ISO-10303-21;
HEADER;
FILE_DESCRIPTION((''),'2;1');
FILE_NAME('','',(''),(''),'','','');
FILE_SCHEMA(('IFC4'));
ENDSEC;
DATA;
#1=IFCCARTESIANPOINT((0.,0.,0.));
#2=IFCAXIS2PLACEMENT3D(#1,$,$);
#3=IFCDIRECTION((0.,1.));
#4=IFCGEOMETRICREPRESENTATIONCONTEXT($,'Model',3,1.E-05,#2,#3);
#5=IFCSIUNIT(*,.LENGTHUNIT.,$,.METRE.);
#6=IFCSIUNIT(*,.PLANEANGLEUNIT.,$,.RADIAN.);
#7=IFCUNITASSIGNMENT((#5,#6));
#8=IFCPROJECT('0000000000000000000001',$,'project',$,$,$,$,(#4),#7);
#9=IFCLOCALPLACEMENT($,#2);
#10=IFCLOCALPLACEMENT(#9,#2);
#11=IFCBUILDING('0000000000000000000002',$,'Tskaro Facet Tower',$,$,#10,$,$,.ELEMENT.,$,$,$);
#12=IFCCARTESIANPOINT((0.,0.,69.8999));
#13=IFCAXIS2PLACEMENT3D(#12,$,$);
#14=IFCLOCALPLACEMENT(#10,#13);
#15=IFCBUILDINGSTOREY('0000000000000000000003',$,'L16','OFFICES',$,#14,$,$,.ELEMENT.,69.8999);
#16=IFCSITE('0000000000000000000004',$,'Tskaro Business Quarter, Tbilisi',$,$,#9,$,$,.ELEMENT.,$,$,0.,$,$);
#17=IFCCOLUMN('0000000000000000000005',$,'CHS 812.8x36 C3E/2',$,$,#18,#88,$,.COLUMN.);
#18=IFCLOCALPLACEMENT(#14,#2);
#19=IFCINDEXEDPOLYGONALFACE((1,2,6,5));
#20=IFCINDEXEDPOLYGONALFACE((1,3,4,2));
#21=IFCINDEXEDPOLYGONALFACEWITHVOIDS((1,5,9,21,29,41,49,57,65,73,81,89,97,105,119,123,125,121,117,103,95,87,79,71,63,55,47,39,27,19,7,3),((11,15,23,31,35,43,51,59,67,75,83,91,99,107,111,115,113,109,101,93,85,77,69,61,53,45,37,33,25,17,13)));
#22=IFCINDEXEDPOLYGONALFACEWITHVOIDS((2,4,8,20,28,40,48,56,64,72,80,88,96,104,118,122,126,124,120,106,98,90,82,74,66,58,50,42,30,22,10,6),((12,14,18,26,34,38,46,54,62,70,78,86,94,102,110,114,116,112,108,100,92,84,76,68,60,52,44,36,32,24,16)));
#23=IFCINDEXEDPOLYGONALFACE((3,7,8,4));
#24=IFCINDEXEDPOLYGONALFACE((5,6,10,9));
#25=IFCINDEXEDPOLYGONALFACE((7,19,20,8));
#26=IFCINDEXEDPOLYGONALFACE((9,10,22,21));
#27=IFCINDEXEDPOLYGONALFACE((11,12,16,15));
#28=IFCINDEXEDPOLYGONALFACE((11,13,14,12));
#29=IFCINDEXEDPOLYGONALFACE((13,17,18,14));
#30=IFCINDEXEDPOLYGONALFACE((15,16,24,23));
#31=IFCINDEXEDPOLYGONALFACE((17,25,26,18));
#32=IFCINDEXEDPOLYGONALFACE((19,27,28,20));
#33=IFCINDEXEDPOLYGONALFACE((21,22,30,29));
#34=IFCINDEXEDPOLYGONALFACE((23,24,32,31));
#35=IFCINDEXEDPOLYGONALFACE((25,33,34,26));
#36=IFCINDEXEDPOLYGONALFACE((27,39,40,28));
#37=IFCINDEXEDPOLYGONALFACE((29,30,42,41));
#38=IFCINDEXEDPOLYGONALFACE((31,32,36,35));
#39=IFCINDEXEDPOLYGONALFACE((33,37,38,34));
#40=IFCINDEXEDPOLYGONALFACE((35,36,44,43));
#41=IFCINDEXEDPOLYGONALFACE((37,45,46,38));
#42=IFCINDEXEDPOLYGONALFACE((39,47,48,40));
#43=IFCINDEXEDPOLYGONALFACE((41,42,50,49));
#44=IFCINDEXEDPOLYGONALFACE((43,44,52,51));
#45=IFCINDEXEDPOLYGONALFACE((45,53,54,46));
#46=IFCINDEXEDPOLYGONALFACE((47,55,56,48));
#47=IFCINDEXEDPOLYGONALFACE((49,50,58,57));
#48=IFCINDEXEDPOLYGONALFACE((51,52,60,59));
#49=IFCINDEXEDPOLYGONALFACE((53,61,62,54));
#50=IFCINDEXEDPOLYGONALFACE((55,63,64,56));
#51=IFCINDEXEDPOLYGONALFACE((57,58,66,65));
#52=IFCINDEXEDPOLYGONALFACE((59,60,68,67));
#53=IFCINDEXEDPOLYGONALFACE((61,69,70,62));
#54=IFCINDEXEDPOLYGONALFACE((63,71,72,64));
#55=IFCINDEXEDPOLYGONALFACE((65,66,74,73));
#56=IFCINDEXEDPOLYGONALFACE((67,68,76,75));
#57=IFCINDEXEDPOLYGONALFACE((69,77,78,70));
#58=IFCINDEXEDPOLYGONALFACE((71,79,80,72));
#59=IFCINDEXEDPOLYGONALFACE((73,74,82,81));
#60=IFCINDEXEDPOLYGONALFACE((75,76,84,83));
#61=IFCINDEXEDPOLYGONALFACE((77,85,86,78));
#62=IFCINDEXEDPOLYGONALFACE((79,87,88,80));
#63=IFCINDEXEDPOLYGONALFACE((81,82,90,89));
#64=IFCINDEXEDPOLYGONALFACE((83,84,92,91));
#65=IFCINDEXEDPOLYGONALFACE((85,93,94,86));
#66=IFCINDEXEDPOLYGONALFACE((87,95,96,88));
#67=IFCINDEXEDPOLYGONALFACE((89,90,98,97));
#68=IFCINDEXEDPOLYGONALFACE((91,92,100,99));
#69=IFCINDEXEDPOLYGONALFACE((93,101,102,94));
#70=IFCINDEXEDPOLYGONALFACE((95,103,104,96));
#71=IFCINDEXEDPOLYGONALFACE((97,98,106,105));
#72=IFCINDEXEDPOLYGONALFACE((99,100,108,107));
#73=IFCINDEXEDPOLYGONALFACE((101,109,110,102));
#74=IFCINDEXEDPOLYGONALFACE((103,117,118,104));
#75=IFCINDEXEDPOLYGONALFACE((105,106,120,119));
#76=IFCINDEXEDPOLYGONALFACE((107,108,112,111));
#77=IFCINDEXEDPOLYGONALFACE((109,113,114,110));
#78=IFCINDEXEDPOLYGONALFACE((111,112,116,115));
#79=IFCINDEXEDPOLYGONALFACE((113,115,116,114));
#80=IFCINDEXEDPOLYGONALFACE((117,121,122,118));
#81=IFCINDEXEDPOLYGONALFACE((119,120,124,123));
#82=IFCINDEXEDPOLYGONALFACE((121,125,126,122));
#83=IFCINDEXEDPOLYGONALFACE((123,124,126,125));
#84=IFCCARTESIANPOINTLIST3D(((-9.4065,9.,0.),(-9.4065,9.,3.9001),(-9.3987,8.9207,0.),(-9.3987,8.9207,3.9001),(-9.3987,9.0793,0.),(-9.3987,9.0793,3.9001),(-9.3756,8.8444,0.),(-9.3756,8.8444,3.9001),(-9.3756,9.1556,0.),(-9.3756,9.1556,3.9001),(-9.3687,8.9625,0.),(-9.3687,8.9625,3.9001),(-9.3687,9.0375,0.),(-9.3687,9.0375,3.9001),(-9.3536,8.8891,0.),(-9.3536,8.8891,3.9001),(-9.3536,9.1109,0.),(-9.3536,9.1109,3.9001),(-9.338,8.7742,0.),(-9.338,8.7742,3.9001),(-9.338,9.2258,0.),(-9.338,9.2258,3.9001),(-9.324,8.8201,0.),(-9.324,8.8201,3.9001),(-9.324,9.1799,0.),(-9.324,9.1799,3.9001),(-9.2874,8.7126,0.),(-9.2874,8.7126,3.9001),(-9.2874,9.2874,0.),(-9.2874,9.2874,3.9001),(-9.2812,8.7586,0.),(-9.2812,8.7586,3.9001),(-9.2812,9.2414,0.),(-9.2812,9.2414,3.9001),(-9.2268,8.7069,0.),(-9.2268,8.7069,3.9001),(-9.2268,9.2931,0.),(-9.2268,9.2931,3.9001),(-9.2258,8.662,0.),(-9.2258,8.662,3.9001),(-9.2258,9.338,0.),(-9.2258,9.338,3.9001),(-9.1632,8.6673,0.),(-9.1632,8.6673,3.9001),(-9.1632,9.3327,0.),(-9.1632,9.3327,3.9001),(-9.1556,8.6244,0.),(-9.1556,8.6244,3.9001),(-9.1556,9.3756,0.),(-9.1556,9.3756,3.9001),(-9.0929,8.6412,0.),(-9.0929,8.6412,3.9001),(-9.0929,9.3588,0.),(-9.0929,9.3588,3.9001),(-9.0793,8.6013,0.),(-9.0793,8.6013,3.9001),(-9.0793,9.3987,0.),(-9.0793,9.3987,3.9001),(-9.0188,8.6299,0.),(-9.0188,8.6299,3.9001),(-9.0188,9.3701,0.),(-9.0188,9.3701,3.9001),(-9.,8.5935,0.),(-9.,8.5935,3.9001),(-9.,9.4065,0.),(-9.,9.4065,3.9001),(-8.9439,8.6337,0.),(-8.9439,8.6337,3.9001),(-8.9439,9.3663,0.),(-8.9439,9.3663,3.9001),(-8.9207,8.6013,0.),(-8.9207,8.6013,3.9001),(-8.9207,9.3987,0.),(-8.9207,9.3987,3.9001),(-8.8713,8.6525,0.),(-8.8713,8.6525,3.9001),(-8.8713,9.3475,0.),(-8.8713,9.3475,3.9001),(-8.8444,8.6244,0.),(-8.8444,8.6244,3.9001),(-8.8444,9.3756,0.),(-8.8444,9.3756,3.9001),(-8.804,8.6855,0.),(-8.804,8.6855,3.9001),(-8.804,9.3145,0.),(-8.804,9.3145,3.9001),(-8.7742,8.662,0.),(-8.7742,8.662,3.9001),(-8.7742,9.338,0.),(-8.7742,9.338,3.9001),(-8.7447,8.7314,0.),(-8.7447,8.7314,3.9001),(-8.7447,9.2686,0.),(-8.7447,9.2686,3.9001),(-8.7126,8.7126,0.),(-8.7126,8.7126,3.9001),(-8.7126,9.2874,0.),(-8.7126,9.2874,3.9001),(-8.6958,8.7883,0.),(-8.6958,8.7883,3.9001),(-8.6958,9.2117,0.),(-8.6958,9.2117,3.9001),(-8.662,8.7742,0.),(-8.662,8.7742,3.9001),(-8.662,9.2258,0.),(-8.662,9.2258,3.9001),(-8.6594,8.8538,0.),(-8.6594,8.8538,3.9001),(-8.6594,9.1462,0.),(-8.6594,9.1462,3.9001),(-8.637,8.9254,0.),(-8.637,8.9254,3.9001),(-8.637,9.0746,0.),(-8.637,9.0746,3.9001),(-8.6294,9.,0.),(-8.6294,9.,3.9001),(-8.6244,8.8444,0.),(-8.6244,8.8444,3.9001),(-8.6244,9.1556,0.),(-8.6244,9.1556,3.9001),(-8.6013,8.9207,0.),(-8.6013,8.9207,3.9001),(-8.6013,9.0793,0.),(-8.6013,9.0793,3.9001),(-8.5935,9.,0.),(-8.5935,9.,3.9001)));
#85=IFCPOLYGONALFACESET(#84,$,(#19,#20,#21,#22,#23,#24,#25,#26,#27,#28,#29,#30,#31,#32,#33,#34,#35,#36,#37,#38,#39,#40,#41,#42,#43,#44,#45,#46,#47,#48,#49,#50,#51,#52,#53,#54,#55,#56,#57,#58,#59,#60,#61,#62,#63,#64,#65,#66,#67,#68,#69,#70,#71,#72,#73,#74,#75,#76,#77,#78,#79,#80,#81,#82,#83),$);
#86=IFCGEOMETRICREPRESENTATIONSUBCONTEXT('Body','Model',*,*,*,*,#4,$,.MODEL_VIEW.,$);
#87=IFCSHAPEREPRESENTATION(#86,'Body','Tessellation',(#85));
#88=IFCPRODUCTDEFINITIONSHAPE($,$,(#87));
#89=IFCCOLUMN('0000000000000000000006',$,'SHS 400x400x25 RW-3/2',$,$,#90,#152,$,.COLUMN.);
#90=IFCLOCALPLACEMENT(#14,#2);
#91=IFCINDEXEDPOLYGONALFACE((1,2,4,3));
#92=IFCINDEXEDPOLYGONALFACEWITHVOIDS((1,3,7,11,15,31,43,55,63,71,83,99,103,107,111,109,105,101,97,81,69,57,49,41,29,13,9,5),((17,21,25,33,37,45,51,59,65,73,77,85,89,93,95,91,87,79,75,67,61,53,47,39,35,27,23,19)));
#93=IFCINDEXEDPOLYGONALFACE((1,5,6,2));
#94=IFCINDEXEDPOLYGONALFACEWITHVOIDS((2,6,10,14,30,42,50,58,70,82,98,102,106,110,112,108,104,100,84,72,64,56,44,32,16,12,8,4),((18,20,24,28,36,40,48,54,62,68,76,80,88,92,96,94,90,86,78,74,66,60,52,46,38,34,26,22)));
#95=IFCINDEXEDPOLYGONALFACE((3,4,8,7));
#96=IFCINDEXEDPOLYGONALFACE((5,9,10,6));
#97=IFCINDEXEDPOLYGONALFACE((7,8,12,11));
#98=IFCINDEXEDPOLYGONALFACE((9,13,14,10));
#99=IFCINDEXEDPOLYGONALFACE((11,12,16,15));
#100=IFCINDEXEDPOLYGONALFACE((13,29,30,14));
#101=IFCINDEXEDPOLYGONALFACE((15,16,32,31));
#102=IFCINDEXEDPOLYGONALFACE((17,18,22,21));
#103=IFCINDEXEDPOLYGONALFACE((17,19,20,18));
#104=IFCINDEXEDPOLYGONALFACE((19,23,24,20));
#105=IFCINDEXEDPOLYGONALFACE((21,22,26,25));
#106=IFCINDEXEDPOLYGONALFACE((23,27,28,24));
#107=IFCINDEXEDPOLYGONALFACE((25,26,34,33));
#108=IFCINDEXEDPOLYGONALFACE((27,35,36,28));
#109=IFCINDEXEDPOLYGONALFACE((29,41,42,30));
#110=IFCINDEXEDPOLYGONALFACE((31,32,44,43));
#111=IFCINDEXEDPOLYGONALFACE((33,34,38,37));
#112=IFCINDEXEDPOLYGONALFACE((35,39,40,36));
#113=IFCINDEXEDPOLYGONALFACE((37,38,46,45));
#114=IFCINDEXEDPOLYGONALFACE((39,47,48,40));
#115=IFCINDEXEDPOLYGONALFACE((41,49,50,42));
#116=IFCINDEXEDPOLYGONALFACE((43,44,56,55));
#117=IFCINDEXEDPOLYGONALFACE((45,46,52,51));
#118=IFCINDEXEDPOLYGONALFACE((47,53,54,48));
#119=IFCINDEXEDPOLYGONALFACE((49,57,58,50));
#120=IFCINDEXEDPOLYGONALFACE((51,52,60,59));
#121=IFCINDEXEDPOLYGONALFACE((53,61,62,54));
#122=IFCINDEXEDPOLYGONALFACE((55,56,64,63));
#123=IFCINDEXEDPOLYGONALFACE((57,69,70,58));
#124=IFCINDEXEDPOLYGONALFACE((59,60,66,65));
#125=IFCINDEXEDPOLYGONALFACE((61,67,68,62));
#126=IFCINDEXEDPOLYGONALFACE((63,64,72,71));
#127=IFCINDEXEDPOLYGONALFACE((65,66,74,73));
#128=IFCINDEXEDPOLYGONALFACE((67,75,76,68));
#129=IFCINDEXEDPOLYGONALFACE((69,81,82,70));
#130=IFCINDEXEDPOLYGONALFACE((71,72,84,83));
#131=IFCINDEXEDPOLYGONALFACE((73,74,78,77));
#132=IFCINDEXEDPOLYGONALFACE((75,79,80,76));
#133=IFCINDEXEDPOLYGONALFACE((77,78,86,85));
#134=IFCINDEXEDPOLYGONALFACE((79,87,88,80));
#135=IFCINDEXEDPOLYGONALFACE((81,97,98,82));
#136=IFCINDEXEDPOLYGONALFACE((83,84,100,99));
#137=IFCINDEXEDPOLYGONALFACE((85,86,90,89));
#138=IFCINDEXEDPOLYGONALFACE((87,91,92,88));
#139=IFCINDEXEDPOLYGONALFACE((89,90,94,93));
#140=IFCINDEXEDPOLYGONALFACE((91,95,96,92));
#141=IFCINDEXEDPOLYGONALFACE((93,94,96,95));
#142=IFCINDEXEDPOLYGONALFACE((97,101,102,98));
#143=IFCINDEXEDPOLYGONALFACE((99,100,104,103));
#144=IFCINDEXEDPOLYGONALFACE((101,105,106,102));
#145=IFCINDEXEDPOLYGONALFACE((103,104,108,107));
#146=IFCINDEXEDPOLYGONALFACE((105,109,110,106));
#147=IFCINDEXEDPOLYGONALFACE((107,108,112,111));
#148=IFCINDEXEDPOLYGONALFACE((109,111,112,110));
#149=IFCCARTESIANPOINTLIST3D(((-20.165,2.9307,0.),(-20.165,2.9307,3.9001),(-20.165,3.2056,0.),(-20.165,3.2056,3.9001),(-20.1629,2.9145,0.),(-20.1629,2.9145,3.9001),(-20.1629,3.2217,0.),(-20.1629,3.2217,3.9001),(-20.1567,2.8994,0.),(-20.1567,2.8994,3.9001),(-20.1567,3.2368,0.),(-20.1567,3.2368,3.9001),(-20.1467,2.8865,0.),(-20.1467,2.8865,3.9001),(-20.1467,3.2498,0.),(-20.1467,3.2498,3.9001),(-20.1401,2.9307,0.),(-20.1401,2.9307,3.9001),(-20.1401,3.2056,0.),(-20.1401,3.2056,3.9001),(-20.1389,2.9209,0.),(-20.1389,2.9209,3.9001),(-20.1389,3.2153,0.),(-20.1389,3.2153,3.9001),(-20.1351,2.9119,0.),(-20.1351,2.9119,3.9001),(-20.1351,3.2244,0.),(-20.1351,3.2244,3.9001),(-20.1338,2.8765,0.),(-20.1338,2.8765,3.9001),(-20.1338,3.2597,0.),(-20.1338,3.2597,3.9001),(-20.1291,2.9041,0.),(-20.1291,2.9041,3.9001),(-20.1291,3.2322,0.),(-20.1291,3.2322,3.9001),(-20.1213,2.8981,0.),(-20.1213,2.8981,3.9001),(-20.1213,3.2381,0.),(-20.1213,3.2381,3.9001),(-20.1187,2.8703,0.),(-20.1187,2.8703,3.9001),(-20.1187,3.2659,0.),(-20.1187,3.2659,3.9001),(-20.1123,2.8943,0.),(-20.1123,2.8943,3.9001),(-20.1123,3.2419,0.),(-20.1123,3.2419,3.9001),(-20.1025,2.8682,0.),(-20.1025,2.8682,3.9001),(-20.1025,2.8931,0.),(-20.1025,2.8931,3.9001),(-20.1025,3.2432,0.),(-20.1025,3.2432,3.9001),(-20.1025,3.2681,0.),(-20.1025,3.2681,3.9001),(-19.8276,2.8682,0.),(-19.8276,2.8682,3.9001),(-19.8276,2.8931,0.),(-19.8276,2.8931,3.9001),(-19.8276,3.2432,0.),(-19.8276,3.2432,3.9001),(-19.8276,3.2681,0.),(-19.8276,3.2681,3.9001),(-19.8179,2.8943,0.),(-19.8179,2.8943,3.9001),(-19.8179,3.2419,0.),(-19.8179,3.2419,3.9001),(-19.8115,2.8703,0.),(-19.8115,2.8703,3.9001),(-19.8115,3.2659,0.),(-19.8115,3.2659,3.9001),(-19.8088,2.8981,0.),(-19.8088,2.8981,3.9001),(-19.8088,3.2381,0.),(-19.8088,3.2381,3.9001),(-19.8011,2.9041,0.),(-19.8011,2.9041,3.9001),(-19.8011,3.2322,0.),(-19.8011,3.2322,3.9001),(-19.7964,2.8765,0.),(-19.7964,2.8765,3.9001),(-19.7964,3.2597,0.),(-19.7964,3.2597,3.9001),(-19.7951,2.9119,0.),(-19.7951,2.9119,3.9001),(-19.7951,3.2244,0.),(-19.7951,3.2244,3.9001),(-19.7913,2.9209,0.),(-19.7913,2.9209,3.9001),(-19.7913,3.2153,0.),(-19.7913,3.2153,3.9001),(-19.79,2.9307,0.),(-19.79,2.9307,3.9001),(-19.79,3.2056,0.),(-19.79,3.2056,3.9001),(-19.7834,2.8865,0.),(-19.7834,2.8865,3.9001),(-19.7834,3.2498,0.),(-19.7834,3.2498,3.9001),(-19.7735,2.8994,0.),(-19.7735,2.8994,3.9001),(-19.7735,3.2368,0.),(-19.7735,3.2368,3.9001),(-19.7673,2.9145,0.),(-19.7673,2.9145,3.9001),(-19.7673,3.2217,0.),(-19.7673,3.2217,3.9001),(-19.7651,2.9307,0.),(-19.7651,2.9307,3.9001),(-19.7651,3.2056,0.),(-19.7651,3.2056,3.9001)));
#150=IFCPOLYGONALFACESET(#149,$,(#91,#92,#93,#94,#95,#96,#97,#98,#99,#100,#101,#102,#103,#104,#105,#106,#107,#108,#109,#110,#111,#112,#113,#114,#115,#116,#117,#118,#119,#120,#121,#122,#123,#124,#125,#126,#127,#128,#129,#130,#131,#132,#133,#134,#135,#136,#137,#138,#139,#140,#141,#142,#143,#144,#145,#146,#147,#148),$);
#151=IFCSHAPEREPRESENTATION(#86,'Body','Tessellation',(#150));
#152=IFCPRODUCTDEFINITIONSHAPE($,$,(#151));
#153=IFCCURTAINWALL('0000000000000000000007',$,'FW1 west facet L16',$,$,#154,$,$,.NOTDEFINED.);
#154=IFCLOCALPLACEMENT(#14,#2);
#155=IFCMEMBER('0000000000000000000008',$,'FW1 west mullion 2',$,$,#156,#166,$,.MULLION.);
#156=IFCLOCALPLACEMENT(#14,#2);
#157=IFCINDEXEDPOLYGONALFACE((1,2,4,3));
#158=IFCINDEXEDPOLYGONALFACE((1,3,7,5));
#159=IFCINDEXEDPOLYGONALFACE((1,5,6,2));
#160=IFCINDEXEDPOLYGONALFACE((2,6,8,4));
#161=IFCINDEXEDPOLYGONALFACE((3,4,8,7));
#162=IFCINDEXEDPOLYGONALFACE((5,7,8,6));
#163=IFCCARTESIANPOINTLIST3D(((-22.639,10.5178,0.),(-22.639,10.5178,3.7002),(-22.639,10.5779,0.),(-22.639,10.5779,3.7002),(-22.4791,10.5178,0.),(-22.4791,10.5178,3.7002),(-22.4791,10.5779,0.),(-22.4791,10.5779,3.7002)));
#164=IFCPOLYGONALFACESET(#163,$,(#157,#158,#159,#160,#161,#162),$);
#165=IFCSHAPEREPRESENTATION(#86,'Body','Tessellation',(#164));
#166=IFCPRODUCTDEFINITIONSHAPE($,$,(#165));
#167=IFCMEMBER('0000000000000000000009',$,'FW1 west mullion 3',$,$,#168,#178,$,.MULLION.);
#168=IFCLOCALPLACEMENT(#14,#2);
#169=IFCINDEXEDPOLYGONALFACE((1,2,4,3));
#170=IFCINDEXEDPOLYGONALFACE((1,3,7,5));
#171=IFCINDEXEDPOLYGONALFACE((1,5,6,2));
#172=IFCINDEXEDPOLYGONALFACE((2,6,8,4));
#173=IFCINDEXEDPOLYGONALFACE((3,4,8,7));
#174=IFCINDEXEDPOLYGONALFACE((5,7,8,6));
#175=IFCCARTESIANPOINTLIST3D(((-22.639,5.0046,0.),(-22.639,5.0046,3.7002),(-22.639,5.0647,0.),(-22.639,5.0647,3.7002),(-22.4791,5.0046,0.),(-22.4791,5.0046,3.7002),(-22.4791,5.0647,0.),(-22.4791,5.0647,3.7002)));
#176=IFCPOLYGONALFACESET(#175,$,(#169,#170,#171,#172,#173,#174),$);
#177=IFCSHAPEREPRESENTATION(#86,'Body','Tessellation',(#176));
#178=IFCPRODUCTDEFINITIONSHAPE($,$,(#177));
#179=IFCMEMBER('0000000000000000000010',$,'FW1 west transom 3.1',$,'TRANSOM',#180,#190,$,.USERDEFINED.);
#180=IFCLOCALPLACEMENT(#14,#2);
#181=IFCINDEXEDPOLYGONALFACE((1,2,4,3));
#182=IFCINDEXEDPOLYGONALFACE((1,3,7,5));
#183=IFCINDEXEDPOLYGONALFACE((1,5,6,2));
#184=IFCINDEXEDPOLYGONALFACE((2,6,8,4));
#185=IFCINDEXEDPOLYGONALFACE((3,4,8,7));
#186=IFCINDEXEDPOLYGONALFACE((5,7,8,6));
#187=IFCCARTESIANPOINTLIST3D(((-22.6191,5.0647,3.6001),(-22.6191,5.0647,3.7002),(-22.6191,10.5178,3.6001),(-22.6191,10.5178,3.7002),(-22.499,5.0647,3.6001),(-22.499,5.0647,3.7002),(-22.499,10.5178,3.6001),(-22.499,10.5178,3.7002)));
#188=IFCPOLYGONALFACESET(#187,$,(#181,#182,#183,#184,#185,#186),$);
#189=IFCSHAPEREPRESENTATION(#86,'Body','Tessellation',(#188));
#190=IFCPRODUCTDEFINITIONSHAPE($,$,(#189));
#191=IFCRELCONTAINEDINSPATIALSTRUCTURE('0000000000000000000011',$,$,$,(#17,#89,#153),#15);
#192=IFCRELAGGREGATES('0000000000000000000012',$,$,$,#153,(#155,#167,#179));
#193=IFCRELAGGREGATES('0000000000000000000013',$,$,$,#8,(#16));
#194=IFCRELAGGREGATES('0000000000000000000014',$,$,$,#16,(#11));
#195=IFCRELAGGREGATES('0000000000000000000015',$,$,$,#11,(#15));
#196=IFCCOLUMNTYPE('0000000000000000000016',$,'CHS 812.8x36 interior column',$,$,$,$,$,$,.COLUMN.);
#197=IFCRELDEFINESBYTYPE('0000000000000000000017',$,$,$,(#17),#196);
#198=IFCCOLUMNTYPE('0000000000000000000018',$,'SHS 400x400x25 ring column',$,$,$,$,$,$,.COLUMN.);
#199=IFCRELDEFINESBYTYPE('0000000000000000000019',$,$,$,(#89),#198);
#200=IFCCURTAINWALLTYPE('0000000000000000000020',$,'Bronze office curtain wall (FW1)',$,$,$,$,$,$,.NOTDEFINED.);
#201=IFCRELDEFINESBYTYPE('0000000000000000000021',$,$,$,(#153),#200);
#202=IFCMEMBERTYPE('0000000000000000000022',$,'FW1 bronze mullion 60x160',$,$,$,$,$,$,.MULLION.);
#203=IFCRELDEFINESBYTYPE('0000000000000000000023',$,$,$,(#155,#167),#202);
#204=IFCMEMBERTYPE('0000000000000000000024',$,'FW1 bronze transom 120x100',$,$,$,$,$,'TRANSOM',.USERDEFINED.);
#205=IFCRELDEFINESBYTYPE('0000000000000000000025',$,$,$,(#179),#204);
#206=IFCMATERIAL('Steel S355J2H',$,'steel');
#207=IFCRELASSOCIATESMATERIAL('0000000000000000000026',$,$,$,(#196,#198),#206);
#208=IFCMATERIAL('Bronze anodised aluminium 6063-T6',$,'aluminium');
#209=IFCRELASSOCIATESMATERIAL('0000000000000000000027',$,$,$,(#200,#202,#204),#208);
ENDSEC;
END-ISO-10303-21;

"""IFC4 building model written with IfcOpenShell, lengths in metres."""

from ifc_helpers import new_model, si_unit, direction, frame, origin, origin_2d, place, context, subcontext, project, spatial, rectangle, hollow_rectangle, hollow_circle, extrude, material, material_profile, profile_set, type_object, element, aggregate, save


model = new_model("IFC4")

# Units and contexts
model_context = context("Model", 3, precision=1e-05, world=origin(), true_north=direction((0.0, 1.0)))
body_context = subcontext(model_context, "Body", "Model", "MODEL_VIEW")
ifc_project = project(units=[si_unit("LENGTHUNIT", "METRE"), si_unit("PLANEANGLEUNIT", "RADIAN")], contexts=[model_context])

# Site, building, storey
site_placement = place(None, origin())
site = spatial("IfcSite", under=ifc_project, at=site_placement, Name="Tskaro Business Quarter, Tbilisi", CompositionType="ELEMENT", RefElevation=0.0)
building_placement = place(site_placement, origin())
building = spatial("IfcBuilding", under=site, at=building_placement, Name="Tskaro Facet Tower", CompositionType="ELEMENT")
storey_placement = place(building_placement, frame((0.0, 0.0, 69.8999)))
storey = spatial("IfcBuildingStorey", under=building, at=storey_placement, Name="L16", Description="OFFICES", CompositionType="ELEMENT", Elevation=69.8999)

# Columns
ifc_material_1 = material(Name="Steel S355J2H", Category="steel")
ifc_material_profile_1 = material_profile(ifc_material_1, hollow_circle(Radius=0.4065, WallThickness=0.0359, at=origin_2d()), Name="CHS 812.8x36")
ifc_profile_set_1 = profile_set([ifc_material_profile_1], Name="Steel S355J2H")
column_type_1 = type_object("IfcColumnType", Name="CHS 812.8x36 interior column", PredefinedType="COLUMN", material=ifc_profile_set_1)
column_1_placement = place(storey_placement, frame((-9.0, 9.0, 0.0), z_axis=(0.0, 0.0, 1.0), x_axis=(1.0, 0.0, 0.0)))
element("IfcColumn", 1, at=column_1_placement, inside=storey, type_object=column_type_1, Name="CHS 812.8x36 C3E/2", PredefinedType="COLUMN", context=body_context, shape_type="SweptSolid", body=[
    extrude(hollow_circle(Radius=0.4065, WallThickness=0.0359, at=origin_2d()), origin(), (0.0, 0.0, 1.0), 3.9001),
])
ifc_material_profile_2 = material_profile(ifc_material_1, hollow_rectangle(XDim=0.3999, YDim=0.3999, WallThickness=0.0249, InnerFilletRadius=0.0376, OuterFilletRadius=0.0625, at=origin_2d()), Name="SHS 400x400x25")
ifc_profile_set_2 = profile_set([ifc_material_profile_2], Name="Steel S355J2H")
column_type_2 = type_object("IfcColumnType", Name="SHS 400x400x25 ring column", PredefinedType="COLUMN", material=ifc_profile_set_2)
column_2_placement = place(storey_placement, frame((-19.9651, 3.0681, 0.0), z_axis=(0.0, 0.0, 1.0), x_axis=(1.0, 0.0, 0.0)))
element("IfcColumn", 2, at=column_2_placement, inside=storey, type_object=column_type_2, Name="SHS 400x400x25 RW-3/2", PredefinedType="COLUMN", context=body_context, shape_type="SweptSolid", body=[
    extrude(hollow_rectangle(XDim=0.3999, YDim=0.3999, WallThickness=0.0249, InnerFilletRadius=0.0376, OuterFilletRadius=0.0625, at=origin_2d()), origin(), (0.0, 0.0, 1.0), 3.9001),
])

# Curtain wall, members
ifc_material_2 = material(Name="Bronze anodised aluminium 6063-T6", Category="aluminium")
curtain_wall_type = type_object("IfcCurtainWallType", Name="Bronze office curtain wall (FW1)", PredefinedType="NOTDEFINED", material=ifc_material_2)
curtain_wall_placement = place(storey_placement, origin())
curtain_wall = element("IfcCurtainWall", 3, at=curtain_wall_placement, inside=storey, type_object=curtain_wall_type, Name="FW1 west facet L16", PredefinedType="NOTDEFINED")
ifc_material_profile_3 = material_profile(ifc_material_2, rectangle(XDim=0.0601, YDim=0.1599, at=origin_2d()), Name="Mullion 60x160")
ifc_profile_set_3 = profile_set([ifc_material_profile_3], Name="Bronze anodised aluminium 6063-T6")
member_type_1 = type_object("IfcMemberType", Name="FW1 bronze mullion 60x160", PredefinedType="MULLION", material=ifc_profile_set_3)
member_1_placement = place(storey_placement, frame((-22.5591, 10.5479, 0.0), z_axis=(0.0, 0.0, 1.0), x_axis=(0.0, -1.0, 0.0)))
member_1 = element("IfcMember", 4, at=member_1_placement, type_object=member_type_1, Name="FW1 west mullion 2", PredefinedType="MULLION", context=body_context, shape_type="SweptSolid", body=[
    extrude(rectangle(XDim=0.0601, YDim=0.1599, at=origin_2d()), origin(), (0.0, 0.0, 1.0), 3.7002),
])
member_2_placement = place(storey_placement, frame((-22.5591, 5.0347, 0.0), z_axis=(0.0, 0.0, 1.0), x_axis=(0.0, -1.0, 0.0)))
member_2 = element("IfcMember", 5, at=member_2_placement, type_object=member_type_1, Name="FW1 west mullion 3", PredefinedType="MULLION", context=body_context, shape_type="SweptSolid", body=[
    extrude(rectangle(XDim=0.0601, YDim=0.1599, at=origin_2d()), origin(), (0.0, 0.0, 1.0), 3.7002),
])
ifc_material_profile_4 = material_profile(ifc_material_2, rectangle(XDim=0.1201, YDim=0.1001, at=origin_2d()), Name="Transom 120x100")
ifc_profile_set_4 = profile_set([ifc_material_profile_4], Name="Bronze anodised aluminium 6063-T6")
member_type_2 = type_object("IfcMemberType", Name="FW1 bronze transom 120x100", ElementType="TRANSOM", PredefinedType="USERDEFINED", material=ifc_profile_set_4)
member_3_placement = place(storey_placement, frame((-22.5591, 10.5178, 3.6501), z_axis=(0.0, -1.0, 0.0), x_axis=(1.0, 0.0, 0.0)))
member_3 = element("IfcMember", 6, at=member_3_placement, type_object=member_type_2, Name="FW1 west transom 3.1", ObjectType="TRANSOM", PredefinedType="USERDEFINED", context=body_context, shape_type="SweptSolid", body=[
    extrude(rectangle(XDim=0.1201, YDim=0.1001, at=origin_2d()), origin(), (0.0, 0.0, 1.0), 5.4531),
])

aggregate(curtain_wall, [member_1, member_2, member_3])

save(model, "model.ifc")
